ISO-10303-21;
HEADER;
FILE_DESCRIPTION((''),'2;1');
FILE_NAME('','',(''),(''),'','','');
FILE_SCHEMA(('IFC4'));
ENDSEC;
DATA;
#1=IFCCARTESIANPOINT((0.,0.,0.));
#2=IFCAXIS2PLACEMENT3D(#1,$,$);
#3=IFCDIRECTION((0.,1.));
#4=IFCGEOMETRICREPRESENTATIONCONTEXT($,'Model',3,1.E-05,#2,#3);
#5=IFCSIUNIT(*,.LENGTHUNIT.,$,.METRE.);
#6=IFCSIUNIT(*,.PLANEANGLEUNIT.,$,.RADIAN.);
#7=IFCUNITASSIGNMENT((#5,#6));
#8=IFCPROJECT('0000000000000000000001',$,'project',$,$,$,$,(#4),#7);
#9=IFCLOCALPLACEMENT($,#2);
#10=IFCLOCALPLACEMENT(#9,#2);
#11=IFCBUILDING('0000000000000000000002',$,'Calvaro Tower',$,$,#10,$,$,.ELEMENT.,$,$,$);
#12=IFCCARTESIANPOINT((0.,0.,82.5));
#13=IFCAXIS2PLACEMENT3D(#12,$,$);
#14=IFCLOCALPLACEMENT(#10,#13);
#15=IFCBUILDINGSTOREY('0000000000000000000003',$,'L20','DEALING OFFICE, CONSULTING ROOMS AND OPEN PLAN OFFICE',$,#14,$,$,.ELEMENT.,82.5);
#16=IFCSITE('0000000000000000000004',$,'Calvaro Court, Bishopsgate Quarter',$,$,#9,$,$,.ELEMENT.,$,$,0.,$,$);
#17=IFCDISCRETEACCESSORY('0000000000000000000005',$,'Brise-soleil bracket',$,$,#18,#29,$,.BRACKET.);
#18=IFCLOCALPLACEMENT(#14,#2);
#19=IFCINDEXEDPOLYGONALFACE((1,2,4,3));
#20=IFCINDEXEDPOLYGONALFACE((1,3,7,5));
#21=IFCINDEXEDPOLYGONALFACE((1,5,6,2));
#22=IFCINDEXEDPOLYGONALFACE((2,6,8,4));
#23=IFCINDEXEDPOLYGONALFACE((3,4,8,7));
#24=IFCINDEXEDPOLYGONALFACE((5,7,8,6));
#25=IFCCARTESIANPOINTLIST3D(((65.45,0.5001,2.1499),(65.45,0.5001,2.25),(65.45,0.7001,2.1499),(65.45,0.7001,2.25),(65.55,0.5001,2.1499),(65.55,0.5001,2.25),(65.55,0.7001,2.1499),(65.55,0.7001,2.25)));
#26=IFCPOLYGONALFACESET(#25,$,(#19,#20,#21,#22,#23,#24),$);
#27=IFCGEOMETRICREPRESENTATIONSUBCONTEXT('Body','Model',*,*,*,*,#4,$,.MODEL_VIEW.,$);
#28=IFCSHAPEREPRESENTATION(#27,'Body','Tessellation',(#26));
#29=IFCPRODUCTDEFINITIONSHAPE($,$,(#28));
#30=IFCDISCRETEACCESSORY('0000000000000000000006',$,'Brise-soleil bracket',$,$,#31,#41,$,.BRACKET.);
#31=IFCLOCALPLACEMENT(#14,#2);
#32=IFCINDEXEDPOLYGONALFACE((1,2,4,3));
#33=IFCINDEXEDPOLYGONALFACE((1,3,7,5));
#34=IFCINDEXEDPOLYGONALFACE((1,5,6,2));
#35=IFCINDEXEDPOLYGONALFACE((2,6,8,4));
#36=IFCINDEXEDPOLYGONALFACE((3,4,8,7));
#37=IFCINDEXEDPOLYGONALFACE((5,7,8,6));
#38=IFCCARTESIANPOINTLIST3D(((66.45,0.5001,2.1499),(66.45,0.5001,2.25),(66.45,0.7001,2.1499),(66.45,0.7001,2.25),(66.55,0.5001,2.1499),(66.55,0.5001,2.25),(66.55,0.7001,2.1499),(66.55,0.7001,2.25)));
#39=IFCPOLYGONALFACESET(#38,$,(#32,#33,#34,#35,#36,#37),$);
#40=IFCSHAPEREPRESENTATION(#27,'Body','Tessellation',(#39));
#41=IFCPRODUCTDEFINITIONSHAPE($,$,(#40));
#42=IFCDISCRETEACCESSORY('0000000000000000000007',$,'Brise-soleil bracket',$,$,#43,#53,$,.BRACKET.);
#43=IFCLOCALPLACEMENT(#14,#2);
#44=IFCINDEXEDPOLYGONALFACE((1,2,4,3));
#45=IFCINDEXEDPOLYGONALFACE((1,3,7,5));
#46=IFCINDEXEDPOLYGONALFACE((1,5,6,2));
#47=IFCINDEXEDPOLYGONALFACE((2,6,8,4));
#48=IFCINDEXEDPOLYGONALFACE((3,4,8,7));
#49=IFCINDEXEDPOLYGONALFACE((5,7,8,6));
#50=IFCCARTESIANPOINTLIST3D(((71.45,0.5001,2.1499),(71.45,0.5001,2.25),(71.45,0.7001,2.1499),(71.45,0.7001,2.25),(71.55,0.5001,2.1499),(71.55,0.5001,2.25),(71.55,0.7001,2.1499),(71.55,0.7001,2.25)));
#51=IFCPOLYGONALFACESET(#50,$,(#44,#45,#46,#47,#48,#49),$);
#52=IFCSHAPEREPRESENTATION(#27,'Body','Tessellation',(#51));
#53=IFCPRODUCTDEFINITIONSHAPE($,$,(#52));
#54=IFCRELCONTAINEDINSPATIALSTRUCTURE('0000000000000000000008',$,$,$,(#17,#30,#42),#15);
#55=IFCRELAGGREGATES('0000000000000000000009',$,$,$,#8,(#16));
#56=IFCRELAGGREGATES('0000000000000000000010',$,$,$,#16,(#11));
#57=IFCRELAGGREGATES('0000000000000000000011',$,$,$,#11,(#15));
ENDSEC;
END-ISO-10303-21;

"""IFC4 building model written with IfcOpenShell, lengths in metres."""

from ifc_helpers import new_model, si_unit, direction, frame, origin, origin_2d, place, context, subcontext, project, spatial, rectangle, extrude, element, save


model = new_model("IFC4")

# Units and contexts
model_context = context("Model", 3, precision=1e-05, world=origin(), true_north=direction((0.0, 1.0)))
body_context = subcontext(model_context, "Body", "Model", "MODEL_VIEW")
ifc_project = project(units=[si_unit("LENGTHUNIT", "METRE"), si_unit("PLANEANGLEUNIT", "RADIAN")], contexts=[model_context])

# Site, building, storey
site_placement = place(None, origin())
site = spatial("IfcSite", under=ifc_project, at=site_placement, Name="Calvaro Court, Bishopsgate Quarter", CompositionType="ELEMENT", RefElevation=0.0)
building_placement = place(site_placement, origin())
building = spatial("IfcBuilding", under=site, at=building_placement, Name="Calvaro Tower", CompositionType="ELEMENT")
storey_placement = place(building_placement, frame((0.0, 0.0, 82.5)))
storey = spatial("IfcBuildingStorey", under=building, at=storey_placement, Name="L20", Description="DEALING OFFICE, CONSULTING ROOMS AND OPEN PLAN OFFICE", CompositionType="ELEMENT", Elevation=82.5)

# Discrete accessories
for number, where, z_axis, x_axis, name in (
    (1, (65.5, 0.6001, 2.1499), (0.0, 0.0, 1.0), (1.0, 0.0, 0.0), "Brise-soleil bracket"),
    (2, (66.5, 0.6001, 2.1499), (0.0, 0.0, 1.0), (1.0, 0.0, 0.0), "Brise-soleil bracket"),
    (3, (71.5, 0.6001, 2.1499), (0.0, 0.0, 1.0), (1.0, 0.0, 0.0), "Brise-soleil bracket"),
):
    element("IfcDiscreteAccessory", number, at=place(storey_placement, frame(where, z_axis=z_axis, x_axis=x_axis)), inside=storey, Name=name, PredefinedType="BRACKET", context=body_context, shape_type="SweptSolid", body=[
        extrude(rectangle(XDim=0.1001, YDim=0.2, at=origin_2d()), origin(), (0.0, 0.0, 1.0), 0.1001),
    ])

save(model, "model.ifc")
